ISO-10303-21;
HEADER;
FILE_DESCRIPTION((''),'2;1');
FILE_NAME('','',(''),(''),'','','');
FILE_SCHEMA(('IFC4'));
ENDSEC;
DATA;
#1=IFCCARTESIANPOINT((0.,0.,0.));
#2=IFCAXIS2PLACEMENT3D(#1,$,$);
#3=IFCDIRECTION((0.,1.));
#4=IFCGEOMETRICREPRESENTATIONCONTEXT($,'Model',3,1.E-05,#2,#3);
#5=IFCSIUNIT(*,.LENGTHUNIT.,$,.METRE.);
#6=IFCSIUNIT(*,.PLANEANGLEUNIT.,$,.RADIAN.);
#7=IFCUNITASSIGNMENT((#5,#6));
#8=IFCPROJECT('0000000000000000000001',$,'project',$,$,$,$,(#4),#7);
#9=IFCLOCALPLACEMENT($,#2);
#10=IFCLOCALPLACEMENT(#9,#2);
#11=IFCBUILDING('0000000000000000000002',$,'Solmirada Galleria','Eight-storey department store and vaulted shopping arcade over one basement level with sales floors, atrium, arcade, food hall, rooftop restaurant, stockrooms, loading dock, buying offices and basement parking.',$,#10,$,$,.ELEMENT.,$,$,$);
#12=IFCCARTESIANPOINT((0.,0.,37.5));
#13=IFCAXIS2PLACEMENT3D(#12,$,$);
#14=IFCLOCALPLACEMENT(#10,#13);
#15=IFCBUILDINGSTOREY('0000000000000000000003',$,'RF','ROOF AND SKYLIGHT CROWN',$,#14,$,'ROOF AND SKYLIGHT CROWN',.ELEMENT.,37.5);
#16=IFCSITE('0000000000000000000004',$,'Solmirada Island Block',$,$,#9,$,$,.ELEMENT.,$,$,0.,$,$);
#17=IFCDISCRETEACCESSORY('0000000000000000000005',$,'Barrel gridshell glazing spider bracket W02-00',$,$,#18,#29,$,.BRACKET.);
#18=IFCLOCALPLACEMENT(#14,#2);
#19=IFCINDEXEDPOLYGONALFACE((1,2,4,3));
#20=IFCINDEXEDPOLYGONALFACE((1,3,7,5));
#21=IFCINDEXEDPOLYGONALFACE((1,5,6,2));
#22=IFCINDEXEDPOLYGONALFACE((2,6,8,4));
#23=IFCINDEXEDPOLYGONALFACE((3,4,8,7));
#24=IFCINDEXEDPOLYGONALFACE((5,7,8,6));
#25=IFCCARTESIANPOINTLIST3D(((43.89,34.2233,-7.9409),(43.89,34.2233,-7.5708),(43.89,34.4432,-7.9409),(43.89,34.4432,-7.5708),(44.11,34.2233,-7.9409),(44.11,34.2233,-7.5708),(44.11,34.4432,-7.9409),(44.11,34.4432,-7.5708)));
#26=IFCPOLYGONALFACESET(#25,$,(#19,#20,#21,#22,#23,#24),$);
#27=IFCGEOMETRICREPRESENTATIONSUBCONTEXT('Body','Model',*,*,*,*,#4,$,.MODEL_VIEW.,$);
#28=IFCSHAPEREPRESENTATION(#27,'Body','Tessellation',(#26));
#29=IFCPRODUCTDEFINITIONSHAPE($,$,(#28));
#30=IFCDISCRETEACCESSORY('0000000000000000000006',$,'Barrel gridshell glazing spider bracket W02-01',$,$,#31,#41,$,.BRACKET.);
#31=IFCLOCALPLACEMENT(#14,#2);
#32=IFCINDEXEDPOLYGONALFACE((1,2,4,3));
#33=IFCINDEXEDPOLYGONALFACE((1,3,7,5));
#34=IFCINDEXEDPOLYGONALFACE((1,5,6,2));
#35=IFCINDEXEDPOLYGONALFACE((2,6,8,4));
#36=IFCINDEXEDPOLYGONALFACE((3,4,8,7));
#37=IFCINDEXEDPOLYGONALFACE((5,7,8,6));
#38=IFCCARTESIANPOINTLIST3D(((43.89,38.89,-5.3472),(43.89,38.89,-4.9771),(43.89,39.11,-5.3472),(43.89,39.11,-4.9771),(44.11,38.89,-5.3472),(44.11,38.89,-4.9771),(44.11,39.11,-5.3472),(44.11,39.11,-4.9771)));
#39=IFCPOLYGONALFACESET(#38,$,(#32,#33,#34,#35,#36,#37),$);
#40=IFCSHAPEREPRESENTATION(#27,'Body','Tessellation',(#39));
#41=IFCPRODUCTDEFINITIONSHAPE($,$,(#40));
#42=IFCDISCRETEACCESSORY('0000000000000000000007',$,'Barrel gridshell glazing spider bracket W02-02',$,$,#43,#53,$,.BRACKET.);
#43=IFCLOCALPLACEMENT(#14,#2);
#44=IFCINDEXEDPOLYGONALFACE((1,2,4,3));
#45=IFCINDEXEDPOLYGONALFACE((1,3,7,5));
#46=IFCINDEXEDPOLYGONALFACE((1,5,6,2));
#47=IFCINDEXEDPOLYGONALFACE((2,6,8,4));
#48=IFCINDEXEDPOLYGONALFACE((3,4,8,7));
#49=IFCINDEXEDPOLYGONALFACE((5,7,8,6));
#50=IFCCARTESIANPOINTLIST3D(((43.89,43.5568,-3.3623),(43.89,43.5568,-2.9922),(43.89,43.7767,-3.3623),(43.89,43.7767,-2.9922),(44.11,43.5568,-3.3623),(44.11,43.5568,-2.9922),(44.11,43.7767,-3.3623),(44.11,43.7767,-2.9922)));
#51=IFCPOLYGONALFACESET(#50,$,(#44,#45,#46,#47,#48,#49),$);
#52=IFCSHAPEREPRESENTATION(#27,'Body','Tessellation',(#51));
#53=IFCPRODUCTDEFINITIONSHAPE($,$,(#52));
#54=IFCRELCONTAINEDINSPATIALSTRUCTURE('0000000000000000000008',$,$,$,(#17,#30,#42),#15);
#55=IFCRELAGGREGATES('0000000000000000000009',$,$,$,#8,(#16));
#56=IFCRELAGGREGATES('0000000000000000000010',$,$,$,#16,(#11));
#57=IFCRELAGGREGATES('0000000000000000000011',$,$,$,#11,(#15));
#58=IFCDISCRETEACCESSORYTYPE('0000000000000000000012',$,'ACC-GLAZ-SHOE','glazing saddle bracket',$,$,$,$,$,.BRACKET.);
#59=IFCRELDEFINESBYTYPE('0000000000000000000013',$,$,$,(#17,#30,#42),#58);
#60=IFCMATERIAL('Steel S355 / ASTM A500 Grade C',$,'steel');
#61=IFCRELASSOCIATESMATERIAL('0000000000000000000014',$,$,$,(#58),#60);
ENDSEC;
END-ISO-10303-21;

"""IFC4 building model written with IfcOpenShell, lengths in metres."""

from ifc_helpers import new_model, si_unit, direction, frame, origin, origin_2d, place, context, subcontext, project, spatial, rectangle, extrude, material, type_object, element, save


model = new_model("IFC4")

# Units and contexts
model_context = context("Model", 3, precision=1e-05, world=origin(), true_north=direction((0.0, 1.0)))
body_context = subcontext(model_context, "Body", "Model", "MODEL_VIEW")
ifc_project = project(units=[si_unit("LENGTHUNIT", "METRE"), si_unit("PLANEANGLEUNIT", "RADIAN")], contexts=[model_context])

# Site, building, storey
site_placement = place(None, origin())
site = spatial("IfcSite", under=ifc_project, at=site_placement, Name="Solmirada Island Block", CompositionType="ELEMENT", RefElevation=0.0)
building_placement = place(site_placement, origin())
building = spatial("IfcBuilding", under=site, at=building_placement, Name="Solmirada Galleria", Description="Eight-storey department store and vaulted shopping arcade over one basement level with sales floors, atrium, arcade, food hall, rooftop restaurant, stockrooms, loading dock, buying offices and basement parking.", CompositionType="ELEMENT")
storey_placement = place(building_placement, frame((0.0, 0.0, 37.5)))
storey = spatial("IfcBuildingStorey", under=building, at=storey_placement, Name="RF", Description="ROOF AND SKYLIGHT CROWN", LongName="ROOF AND SKYLIGHT CROWN", CompositionType="ELEMENT", Elevation=37.5)

# Shared definitions
ifc_material_1 = material(Name="Steel S355 / ASTM A500 Grade C", Category="steel")

# Discrete accessories
discrete_accessory_type = type_object("IfcDiscreteAccessoryType", Name="ACC-GLAZ-SHOE", Description="glazing saddle bracket", PredefinedType="BRACKET", material=ifc_material_1)
for number, where, z_axis, x_axis, name in (
    (1, (44.0, 34.3333, -7.9409), (0.0, 0.0, 1.0), (1.0, 0.0, 0.0), "Barrel gridshell glazing spider bracket W02-00"),
    (2, (44.0, 39.0, -5.3472), (0.0, 0.0, 1.0), (1.0, 0.0, 0.0), "Barrel gridshell glazing spider bracket W02-01"),
    (3, (44.0, 43.6667, -3.3623), (0.0, 0.0, 1.0), (1.0, 0.0, 0.0), "Barrel gridshell glazing spider bracket W02-02"),
):
    element("IfcDiscreteAccessory", number, at=place(storey_placement, frame(where, z_axis=z_axis, x_axis=x_axis)), inside=storey, type_object=discrete_accessory_type, Name=name, PredefinedType="BRACKET", context=body_context, shape_type="SweptSolid", body=[
        extrude(rectangle(XDim=0.22, YDim=0.22, at=origin_2d()), origin(), (0.0, 0.0, 1.0), 0.3701),
    ])

save(model, "model.ifc")
